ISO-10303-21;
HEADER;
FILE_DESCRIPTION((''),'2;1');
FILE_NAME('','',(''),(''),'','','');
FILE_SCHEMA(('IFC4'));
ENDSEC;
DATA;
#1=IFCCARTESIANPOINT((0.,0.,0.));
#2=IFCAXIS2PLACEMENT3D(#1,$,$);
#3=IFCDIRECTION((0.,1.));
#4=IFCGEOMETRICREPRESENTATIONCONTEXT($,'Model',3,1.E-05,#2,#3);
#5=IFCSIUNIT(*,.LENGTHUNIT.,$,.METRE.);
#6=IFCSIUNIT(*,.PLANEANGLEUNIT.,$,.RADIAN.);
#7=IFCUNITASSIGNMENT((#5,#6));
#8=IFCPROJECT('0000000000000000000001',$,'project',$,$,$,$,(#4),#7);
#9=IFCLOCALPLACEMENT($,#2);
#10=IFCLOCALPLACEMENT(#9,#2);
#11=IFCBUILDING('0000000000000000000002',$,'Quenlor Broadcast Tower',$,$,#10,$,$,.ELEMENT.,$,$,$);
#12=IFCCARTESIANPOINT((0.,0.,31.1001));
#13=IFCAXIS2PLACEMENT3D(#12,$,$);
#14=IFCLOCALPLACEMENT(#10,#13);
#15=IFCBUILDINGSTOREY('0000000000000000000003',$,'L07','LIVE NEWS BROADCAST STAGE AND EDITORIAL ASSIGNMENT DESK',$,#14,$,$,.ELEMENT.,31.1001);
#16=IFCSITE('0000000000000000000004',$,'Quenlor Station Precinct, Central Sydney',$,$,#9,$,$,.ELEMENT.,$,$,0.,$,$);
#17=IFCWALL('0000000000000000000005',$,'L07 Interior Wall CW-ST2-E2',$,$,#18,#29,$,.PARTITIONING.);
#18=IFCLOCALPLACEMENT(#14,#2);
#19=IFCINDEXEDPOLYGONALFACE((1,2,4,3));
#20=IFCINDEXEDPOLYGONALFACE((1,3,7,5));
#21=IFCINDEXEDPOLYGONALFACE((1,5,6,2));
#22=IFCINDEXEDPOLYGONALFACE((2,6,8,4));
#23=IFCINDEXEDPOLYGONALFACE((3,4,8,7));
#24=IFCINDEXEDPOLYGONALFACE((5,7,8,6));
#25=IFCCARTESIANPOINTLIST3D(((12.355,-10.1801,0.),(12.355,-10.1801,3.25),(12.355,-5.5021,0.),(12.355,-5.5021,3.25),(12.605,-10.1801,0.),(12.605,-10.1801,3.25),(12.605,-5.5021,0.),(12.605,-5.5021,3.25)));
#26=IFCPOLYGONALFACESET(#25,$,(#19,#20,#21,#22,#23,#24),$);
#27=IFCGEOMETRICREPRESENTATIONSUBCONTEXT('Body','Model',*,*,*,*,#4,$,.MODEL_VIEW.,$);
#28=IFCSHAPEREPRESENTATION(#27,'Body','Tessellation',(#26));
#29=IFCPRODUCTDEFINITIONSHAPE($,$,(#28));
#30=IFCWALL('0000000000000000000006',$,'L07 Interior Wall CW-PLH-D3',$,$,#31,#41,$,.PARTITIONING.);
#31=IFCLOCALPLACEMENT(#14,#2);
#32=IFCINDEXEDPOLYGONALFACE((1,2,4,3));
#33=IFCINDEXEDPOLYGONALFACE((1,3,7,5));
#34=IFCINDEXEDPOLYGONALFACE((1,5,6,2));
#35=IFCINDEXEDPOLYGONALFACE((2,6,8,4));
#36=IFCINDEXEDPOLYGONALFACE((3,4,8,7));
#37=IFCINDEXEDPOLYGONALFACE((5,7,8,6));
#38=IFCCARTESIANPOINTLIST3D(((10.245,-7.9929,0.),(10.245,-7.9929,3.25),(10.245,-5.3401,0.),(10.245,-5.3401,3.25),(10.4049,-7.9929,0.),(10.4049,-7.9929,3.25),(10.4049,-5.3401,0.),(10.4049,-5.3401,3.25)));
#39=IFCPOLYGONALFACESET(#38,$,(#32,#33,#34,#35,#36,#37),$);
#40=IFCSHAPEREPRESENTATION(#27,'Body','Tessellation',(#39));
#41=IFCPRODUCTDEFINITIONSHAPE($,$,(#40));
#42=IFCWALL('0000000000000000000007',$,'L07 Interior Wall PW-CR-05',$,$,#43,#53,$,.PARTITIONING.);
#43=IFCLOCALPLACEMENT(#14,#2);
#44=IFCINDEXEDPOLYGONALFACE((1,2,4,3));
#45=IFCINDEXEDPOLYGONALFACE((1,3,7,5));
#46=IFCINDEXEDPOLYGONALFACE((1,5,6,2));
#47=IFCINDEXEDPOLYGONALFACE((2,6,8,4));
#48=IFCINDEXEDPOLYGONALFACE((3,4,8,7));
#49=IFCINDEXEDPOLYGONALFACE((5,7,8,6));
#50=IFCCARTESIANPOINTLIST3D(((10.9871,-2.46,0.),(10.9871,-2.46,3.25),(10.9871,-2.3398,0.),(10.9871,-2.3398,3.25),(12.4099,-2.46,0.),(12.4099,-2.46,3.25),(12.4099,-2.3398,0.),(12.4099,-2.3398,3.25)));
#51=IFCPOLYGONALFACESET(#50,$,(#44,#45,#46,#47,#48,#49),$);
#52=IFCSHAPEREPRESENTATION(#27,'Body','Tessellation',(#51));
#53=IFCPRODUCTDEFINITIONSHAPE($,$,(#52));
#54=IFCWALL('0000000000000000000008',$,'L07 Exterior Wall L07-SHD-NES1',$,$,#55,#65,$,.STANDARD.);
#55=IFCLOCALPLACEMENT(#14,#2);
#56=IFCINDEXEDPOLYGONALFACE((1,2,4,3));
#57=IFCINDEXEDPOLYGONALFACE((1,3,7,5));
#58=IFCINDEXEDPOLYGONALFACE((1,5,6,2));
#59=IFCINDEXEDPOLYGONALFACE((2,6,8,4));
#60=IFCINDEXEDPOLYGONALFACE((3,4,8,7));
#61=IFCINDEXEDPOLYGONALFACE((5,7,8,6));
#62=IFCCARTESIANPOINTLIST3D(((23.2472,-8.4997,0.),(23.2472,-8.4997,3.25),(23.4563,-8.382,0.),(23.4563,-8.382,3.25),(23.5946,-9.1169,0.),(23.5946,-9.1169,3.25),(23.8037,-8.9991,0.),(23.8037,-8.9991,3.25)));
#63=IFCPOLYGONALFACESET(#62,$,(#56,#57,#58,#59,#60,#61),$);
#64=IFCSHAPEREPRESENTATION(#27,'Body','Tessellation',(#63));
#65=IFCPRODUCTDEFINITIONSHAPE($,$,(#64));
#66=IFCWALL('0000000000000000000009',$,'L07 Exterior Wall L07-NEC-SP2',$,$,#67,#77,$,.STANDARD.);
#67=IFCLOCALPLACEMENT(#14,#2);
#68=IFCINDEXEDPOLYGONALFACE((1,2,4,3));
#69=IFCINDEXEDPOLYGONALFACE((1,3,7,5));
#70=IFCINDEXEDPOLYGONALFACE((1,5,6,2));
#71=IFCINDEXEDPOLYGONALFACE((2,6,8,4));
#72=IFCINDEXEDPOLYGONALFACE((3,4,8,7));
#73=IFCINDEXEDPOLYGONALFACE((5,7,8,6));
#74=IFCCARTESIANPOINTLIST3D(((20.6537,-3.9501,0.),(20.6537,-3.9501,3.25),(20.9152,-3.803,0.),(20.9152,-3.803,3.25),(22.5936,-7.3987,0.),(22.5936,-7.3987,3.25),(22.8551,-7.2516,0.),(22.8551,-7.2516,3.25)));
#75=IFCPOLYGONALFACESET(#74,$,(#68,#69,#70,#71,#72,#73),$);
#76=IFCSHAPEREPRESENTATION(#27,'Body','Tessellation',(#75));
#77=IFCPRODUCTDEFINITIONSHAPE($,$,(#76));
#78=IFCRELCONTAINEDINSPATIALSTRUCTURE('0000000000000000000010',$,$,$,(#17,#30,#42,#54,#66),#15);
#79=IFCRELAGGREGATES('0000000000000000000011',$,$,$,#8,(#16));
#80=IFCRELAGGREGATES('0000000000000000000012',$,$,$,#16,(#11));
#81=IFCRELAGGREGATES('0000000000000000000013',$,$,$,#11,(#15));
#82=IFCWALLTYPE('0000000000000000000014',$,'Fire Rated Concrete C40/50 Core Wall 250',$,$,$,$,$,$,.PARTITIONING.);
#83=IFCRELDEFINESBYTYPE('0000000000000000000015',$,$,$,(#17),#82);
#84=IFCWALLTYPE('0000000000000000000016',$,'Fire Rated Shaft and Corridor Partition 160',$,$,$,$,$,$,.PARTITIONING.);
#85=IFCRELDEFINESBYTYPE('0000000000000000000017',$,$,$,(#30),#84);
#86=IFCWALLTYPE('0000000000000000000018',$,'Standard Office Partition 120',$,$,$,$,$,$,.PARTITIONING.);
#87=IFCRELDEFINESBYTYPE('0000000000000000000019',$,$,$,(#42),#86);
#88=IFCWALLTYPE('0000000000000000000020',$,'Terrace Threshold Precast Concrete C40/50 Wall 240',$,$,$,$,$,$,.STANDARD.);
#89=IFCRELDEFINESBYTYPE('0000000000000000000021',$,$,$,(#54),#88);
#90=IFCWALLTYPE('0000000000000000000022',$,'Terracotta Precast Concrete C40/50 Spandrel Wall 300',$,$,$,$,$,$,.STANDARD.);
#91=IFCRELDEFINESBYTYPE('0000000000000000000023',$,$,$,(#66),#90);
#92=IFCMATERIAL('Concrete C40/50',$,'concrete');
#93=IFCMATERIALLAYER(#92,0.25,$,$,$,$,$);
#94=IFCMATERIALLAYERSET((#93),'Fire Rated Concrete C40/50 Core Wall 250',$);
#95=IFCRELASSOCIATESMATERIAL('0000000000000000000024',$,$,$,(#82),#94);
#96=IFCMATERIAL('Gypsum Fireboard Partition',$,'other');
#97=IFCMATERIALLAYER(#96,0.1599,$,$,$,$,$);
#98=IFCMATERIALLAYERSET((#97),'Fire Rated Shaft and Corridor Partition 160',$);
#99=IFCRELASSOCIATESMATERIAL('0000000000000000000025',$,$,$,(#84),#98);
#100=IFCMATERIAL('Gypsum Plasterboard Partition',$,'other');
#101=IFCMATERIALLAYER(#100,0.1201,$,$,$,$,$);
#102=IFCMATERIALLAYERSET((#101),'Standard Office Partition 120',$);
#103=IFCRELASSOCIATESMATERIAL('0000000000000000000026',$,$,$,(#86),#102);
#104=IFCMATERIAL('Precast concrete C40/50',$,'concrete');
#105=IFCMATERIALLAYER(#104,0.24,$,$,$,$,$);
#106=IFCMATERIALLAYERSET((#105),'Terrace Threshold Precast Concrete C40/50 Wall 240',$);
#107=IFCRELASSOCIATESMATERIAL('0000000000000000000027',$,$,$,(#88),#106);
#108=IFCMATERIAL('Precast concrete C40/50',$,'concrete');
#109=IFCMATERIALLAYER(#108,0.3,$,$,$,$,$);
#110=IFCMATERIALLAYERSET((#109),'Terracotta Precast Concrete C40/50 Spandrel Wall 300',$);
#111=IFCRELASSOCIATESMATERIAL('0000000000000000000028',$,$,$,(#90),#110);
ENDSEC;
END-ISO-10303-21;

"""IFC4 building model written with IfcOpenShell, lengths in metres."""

from ifc_helpers import new_model, si_unit, direction, frame, frame_2d, origin, place, context, subcontext, project, spatial, rectangle, extrude, material, layer, layer_set, type_object, element, save


model = new_model("IFC4")

# Units and contexts
model_context = context("Model", 3, precision=1e-05, world=origin(), true_north=direction((0.0, 1.0)))
body_context = subcontext(model_context, "Body", "Model", "MODEL_VIEW")
ifc_project = project(units=[si_unit("LENGTHUNIT", "METRE"), si_unit("PLANEANGLEUNIT", "RADIAN")], contexts=[model_context])

# Site, building, storey
site_placement = place(None, origin())
site = spatial("IfcSite", under=ifc_project, at=site_placement, Name="Quenlor Station Precinct, Central Sydney", CompositionType="ELEMENT", RefElevation=0.0)
building_placement = place(site_placement, origin())
building = spatial("IfcBuilding", under=site, at=building_placement, Name="Quenlor Broadcast Tower", CompositionType="ELEMENT")
storey_placement = place(building_placement, frame((0.0, 0.0, 31.1001)))
storey = spatial("IfcBuildingStorey", under=building, at=storey_placement, Name="L07", Description="LIVE NEWS BROADCAST STAGE AND EDITORIAL ASSIGNMENT DESK", CompositionType="ELEMENT", Elevation=31.1001)

# Walls
ifc_material_1 = material(Name="Concrete C40/50", Category="concrete")
ifc_layer_1 = layer(ifc_material_1, 0.25)
ifc_layer_set_1 = layer_set([ifc_layer_1], Name="Fire Rated Concrete C40/50 Core Wall 250")
wall_type_1 = type_object("IfcWallType", Name="Fire Rated Concrete C40/50 Core Wall 250", PredefinedType="PARTITIONING", material=ifc_layer_set_1)
wall_1_placement = place(storey_placement, frame((12.48, -10.1799, 0.0), z_axis=(0.0, 0.0, 1.0), x_axis=(0.0, 1.0, 0.0)))
element("IfcWall", 1, at=wall_1_placement, inside=storey, type_object=wall_type_1, Name="L07 Interior Wall CW-ST2-E2", PredefinedType="PARTITIONING", context=body_context, shape_type="SweptSolid", body=[
    extrude(rectangle(XDim=4.678, YDim=0.25, at=frame_2d((2.3389, 0.0))), origin(), (0.0, 0.0, 1.0), 3.25),
])
ifc_material_2 = material(Name="Gypsum Fireboard Partition", Category="other")
ifc_layer_2 = layer(ifc_material_2, 0.1599)
ifc_layer_set_2 = layer_set([ifc_layer_2], Name="Fire Rated Shaft and Corridor Partition 160")
wall_type_2 = type_object("IfcWallType", Name="Fire Rated Shaft and Corridor Partition 160", PredefinedType="PARTITIONING", material=ifc_layer_set_2)
wall_2_placement = place(storey_placement, frame((10.325, -7.9929, 0.0), z_axis=(0.0, 0.0, 1.0), x_axis=(0.0, 1.0, 0.0)))
element("IfcWall", 2, at=wall_2_placement, inside=storey, type_object=wall_type_2, Name="L07 Interior Wall CW-PLH-D3", PredefinedType="PARTITIONING", context=body_context, shape_type="SweptSolid", body=[
    extrude(rectangle(XDim=2.6528, YDim=0.1599, at=frame_2d((1.3264, 0.0))), origin(), (0.0, 0.0, 1.0), 3.25),
])
ifc_material_3 = material(Name="Gypsum Plasterboard Partition", Category="other")
ifc_layer_3 = layer(ifc_material_3, 0.1201)
ifc_layer_set_3 = layer_set([ifc_layer_3], Name="Standard Office Partition 120")
wall_type_3 = type_object("IfcWallType", Name="Standard Office Partition 120", PredefinedType="PARTITIONING", material=ifc_layer_set_3)
wall_3_placement = place(storey_placement, frame((10.9871, -2.3999, 0.0), z_axis=(0.0, 0.0, 1.0), x_axis=(1.0, 0.0, 0.0)))
element("IfcWall", 3, at=wall_3_placement, inside=storey, type_object=wall_type_3, Name="L07 Interior Wall PW-CR-05", PredefinedType="PARTITIONING", context=body_context, shape_type="SweptSolid", body=[
    extrude(rectangle(XDim=1.4229, YDim=0.1201, at=frame_2d((0.7114, 0.0))), origin(), (0.0, 0.0, 1.0), 3.25),
])

# Walls
ifc_material_4 = material(Name="Precast concrete C40/50", Category="concrete")
ifc_layer_4 = layer(ifc_material_4, 0.24)
ifc_layer_set_4 = layer_set([ifc_layer_4], Name="Terrace Threshold Precast Concrete C40/50 Wall 240")
wall_type_4 = type_object("IfcWallType", Name="Terrace Threshold Precast Concrete C40/50 Wall 240", PredefinedType="STANDARD", material=ifc_layer_set_4)
wall_4_placement = place(storey_placement, frame((23.3518, -8.4409, 0.0), z_axis=(0.0, 0.0, 1.0), x_axis=(0.490523, -0.871428, 0.0)))
element("IfcWall", 4, at=wall_4_placement, inside=storey, type_object=wall_type_4, Name="L07 Exterior Wall L07-SHD-NES1", PredefinedType="STANDARD", context=body_context, shape_type="SweptSolid", body=[
    extrude(rectangle(XDim=0.7083, YDim=0.24, at=frame_2d((0.354, 0.0))), origin(), (0.0, 0.0, 1.0), 3.25),
])
ifc_material_5 = material(Name="Precast concrete C40/50", Category="concrete")
ifc_layer_5 = layer(ifc_material_5, 0.3)
ifc_layer_set_5 = layer_set([ifc_layer_5], Name="Terracotta Precast Concrete C40/50 Spandrel Wall 300")
wall_type_5 = type_object("IfcWallType", Name="Terracotta Precast Concrete C40/50 Spandrel Wall 300", PredefinedType="STANDARD", material=ifc_layer_set_5)
wall_5_placement = place(storey_placement, frame((20.7844, -3.8765, 0.0), z_axis=(0.0, 0.0, 1.0), x_axis=(0.490267, -0.871572, 0.0)))
element("IfcWall", 5, at=wall_5_placement, inside=storey, type_object=wall_type_5, Name="L07 Exterior Wall L07-NEC-SP2", PredefinedType="STANDARD", context=body_context, shape_type="SweptSolid", body=[
    extrude(rectangle(XDim=3.9568, YDim=0.3, at=frame_2d((1.9785, 0.0))), origin(), (0.0, 0.0, 1.0), 3.25),
])

save(model, "model.ifc")
